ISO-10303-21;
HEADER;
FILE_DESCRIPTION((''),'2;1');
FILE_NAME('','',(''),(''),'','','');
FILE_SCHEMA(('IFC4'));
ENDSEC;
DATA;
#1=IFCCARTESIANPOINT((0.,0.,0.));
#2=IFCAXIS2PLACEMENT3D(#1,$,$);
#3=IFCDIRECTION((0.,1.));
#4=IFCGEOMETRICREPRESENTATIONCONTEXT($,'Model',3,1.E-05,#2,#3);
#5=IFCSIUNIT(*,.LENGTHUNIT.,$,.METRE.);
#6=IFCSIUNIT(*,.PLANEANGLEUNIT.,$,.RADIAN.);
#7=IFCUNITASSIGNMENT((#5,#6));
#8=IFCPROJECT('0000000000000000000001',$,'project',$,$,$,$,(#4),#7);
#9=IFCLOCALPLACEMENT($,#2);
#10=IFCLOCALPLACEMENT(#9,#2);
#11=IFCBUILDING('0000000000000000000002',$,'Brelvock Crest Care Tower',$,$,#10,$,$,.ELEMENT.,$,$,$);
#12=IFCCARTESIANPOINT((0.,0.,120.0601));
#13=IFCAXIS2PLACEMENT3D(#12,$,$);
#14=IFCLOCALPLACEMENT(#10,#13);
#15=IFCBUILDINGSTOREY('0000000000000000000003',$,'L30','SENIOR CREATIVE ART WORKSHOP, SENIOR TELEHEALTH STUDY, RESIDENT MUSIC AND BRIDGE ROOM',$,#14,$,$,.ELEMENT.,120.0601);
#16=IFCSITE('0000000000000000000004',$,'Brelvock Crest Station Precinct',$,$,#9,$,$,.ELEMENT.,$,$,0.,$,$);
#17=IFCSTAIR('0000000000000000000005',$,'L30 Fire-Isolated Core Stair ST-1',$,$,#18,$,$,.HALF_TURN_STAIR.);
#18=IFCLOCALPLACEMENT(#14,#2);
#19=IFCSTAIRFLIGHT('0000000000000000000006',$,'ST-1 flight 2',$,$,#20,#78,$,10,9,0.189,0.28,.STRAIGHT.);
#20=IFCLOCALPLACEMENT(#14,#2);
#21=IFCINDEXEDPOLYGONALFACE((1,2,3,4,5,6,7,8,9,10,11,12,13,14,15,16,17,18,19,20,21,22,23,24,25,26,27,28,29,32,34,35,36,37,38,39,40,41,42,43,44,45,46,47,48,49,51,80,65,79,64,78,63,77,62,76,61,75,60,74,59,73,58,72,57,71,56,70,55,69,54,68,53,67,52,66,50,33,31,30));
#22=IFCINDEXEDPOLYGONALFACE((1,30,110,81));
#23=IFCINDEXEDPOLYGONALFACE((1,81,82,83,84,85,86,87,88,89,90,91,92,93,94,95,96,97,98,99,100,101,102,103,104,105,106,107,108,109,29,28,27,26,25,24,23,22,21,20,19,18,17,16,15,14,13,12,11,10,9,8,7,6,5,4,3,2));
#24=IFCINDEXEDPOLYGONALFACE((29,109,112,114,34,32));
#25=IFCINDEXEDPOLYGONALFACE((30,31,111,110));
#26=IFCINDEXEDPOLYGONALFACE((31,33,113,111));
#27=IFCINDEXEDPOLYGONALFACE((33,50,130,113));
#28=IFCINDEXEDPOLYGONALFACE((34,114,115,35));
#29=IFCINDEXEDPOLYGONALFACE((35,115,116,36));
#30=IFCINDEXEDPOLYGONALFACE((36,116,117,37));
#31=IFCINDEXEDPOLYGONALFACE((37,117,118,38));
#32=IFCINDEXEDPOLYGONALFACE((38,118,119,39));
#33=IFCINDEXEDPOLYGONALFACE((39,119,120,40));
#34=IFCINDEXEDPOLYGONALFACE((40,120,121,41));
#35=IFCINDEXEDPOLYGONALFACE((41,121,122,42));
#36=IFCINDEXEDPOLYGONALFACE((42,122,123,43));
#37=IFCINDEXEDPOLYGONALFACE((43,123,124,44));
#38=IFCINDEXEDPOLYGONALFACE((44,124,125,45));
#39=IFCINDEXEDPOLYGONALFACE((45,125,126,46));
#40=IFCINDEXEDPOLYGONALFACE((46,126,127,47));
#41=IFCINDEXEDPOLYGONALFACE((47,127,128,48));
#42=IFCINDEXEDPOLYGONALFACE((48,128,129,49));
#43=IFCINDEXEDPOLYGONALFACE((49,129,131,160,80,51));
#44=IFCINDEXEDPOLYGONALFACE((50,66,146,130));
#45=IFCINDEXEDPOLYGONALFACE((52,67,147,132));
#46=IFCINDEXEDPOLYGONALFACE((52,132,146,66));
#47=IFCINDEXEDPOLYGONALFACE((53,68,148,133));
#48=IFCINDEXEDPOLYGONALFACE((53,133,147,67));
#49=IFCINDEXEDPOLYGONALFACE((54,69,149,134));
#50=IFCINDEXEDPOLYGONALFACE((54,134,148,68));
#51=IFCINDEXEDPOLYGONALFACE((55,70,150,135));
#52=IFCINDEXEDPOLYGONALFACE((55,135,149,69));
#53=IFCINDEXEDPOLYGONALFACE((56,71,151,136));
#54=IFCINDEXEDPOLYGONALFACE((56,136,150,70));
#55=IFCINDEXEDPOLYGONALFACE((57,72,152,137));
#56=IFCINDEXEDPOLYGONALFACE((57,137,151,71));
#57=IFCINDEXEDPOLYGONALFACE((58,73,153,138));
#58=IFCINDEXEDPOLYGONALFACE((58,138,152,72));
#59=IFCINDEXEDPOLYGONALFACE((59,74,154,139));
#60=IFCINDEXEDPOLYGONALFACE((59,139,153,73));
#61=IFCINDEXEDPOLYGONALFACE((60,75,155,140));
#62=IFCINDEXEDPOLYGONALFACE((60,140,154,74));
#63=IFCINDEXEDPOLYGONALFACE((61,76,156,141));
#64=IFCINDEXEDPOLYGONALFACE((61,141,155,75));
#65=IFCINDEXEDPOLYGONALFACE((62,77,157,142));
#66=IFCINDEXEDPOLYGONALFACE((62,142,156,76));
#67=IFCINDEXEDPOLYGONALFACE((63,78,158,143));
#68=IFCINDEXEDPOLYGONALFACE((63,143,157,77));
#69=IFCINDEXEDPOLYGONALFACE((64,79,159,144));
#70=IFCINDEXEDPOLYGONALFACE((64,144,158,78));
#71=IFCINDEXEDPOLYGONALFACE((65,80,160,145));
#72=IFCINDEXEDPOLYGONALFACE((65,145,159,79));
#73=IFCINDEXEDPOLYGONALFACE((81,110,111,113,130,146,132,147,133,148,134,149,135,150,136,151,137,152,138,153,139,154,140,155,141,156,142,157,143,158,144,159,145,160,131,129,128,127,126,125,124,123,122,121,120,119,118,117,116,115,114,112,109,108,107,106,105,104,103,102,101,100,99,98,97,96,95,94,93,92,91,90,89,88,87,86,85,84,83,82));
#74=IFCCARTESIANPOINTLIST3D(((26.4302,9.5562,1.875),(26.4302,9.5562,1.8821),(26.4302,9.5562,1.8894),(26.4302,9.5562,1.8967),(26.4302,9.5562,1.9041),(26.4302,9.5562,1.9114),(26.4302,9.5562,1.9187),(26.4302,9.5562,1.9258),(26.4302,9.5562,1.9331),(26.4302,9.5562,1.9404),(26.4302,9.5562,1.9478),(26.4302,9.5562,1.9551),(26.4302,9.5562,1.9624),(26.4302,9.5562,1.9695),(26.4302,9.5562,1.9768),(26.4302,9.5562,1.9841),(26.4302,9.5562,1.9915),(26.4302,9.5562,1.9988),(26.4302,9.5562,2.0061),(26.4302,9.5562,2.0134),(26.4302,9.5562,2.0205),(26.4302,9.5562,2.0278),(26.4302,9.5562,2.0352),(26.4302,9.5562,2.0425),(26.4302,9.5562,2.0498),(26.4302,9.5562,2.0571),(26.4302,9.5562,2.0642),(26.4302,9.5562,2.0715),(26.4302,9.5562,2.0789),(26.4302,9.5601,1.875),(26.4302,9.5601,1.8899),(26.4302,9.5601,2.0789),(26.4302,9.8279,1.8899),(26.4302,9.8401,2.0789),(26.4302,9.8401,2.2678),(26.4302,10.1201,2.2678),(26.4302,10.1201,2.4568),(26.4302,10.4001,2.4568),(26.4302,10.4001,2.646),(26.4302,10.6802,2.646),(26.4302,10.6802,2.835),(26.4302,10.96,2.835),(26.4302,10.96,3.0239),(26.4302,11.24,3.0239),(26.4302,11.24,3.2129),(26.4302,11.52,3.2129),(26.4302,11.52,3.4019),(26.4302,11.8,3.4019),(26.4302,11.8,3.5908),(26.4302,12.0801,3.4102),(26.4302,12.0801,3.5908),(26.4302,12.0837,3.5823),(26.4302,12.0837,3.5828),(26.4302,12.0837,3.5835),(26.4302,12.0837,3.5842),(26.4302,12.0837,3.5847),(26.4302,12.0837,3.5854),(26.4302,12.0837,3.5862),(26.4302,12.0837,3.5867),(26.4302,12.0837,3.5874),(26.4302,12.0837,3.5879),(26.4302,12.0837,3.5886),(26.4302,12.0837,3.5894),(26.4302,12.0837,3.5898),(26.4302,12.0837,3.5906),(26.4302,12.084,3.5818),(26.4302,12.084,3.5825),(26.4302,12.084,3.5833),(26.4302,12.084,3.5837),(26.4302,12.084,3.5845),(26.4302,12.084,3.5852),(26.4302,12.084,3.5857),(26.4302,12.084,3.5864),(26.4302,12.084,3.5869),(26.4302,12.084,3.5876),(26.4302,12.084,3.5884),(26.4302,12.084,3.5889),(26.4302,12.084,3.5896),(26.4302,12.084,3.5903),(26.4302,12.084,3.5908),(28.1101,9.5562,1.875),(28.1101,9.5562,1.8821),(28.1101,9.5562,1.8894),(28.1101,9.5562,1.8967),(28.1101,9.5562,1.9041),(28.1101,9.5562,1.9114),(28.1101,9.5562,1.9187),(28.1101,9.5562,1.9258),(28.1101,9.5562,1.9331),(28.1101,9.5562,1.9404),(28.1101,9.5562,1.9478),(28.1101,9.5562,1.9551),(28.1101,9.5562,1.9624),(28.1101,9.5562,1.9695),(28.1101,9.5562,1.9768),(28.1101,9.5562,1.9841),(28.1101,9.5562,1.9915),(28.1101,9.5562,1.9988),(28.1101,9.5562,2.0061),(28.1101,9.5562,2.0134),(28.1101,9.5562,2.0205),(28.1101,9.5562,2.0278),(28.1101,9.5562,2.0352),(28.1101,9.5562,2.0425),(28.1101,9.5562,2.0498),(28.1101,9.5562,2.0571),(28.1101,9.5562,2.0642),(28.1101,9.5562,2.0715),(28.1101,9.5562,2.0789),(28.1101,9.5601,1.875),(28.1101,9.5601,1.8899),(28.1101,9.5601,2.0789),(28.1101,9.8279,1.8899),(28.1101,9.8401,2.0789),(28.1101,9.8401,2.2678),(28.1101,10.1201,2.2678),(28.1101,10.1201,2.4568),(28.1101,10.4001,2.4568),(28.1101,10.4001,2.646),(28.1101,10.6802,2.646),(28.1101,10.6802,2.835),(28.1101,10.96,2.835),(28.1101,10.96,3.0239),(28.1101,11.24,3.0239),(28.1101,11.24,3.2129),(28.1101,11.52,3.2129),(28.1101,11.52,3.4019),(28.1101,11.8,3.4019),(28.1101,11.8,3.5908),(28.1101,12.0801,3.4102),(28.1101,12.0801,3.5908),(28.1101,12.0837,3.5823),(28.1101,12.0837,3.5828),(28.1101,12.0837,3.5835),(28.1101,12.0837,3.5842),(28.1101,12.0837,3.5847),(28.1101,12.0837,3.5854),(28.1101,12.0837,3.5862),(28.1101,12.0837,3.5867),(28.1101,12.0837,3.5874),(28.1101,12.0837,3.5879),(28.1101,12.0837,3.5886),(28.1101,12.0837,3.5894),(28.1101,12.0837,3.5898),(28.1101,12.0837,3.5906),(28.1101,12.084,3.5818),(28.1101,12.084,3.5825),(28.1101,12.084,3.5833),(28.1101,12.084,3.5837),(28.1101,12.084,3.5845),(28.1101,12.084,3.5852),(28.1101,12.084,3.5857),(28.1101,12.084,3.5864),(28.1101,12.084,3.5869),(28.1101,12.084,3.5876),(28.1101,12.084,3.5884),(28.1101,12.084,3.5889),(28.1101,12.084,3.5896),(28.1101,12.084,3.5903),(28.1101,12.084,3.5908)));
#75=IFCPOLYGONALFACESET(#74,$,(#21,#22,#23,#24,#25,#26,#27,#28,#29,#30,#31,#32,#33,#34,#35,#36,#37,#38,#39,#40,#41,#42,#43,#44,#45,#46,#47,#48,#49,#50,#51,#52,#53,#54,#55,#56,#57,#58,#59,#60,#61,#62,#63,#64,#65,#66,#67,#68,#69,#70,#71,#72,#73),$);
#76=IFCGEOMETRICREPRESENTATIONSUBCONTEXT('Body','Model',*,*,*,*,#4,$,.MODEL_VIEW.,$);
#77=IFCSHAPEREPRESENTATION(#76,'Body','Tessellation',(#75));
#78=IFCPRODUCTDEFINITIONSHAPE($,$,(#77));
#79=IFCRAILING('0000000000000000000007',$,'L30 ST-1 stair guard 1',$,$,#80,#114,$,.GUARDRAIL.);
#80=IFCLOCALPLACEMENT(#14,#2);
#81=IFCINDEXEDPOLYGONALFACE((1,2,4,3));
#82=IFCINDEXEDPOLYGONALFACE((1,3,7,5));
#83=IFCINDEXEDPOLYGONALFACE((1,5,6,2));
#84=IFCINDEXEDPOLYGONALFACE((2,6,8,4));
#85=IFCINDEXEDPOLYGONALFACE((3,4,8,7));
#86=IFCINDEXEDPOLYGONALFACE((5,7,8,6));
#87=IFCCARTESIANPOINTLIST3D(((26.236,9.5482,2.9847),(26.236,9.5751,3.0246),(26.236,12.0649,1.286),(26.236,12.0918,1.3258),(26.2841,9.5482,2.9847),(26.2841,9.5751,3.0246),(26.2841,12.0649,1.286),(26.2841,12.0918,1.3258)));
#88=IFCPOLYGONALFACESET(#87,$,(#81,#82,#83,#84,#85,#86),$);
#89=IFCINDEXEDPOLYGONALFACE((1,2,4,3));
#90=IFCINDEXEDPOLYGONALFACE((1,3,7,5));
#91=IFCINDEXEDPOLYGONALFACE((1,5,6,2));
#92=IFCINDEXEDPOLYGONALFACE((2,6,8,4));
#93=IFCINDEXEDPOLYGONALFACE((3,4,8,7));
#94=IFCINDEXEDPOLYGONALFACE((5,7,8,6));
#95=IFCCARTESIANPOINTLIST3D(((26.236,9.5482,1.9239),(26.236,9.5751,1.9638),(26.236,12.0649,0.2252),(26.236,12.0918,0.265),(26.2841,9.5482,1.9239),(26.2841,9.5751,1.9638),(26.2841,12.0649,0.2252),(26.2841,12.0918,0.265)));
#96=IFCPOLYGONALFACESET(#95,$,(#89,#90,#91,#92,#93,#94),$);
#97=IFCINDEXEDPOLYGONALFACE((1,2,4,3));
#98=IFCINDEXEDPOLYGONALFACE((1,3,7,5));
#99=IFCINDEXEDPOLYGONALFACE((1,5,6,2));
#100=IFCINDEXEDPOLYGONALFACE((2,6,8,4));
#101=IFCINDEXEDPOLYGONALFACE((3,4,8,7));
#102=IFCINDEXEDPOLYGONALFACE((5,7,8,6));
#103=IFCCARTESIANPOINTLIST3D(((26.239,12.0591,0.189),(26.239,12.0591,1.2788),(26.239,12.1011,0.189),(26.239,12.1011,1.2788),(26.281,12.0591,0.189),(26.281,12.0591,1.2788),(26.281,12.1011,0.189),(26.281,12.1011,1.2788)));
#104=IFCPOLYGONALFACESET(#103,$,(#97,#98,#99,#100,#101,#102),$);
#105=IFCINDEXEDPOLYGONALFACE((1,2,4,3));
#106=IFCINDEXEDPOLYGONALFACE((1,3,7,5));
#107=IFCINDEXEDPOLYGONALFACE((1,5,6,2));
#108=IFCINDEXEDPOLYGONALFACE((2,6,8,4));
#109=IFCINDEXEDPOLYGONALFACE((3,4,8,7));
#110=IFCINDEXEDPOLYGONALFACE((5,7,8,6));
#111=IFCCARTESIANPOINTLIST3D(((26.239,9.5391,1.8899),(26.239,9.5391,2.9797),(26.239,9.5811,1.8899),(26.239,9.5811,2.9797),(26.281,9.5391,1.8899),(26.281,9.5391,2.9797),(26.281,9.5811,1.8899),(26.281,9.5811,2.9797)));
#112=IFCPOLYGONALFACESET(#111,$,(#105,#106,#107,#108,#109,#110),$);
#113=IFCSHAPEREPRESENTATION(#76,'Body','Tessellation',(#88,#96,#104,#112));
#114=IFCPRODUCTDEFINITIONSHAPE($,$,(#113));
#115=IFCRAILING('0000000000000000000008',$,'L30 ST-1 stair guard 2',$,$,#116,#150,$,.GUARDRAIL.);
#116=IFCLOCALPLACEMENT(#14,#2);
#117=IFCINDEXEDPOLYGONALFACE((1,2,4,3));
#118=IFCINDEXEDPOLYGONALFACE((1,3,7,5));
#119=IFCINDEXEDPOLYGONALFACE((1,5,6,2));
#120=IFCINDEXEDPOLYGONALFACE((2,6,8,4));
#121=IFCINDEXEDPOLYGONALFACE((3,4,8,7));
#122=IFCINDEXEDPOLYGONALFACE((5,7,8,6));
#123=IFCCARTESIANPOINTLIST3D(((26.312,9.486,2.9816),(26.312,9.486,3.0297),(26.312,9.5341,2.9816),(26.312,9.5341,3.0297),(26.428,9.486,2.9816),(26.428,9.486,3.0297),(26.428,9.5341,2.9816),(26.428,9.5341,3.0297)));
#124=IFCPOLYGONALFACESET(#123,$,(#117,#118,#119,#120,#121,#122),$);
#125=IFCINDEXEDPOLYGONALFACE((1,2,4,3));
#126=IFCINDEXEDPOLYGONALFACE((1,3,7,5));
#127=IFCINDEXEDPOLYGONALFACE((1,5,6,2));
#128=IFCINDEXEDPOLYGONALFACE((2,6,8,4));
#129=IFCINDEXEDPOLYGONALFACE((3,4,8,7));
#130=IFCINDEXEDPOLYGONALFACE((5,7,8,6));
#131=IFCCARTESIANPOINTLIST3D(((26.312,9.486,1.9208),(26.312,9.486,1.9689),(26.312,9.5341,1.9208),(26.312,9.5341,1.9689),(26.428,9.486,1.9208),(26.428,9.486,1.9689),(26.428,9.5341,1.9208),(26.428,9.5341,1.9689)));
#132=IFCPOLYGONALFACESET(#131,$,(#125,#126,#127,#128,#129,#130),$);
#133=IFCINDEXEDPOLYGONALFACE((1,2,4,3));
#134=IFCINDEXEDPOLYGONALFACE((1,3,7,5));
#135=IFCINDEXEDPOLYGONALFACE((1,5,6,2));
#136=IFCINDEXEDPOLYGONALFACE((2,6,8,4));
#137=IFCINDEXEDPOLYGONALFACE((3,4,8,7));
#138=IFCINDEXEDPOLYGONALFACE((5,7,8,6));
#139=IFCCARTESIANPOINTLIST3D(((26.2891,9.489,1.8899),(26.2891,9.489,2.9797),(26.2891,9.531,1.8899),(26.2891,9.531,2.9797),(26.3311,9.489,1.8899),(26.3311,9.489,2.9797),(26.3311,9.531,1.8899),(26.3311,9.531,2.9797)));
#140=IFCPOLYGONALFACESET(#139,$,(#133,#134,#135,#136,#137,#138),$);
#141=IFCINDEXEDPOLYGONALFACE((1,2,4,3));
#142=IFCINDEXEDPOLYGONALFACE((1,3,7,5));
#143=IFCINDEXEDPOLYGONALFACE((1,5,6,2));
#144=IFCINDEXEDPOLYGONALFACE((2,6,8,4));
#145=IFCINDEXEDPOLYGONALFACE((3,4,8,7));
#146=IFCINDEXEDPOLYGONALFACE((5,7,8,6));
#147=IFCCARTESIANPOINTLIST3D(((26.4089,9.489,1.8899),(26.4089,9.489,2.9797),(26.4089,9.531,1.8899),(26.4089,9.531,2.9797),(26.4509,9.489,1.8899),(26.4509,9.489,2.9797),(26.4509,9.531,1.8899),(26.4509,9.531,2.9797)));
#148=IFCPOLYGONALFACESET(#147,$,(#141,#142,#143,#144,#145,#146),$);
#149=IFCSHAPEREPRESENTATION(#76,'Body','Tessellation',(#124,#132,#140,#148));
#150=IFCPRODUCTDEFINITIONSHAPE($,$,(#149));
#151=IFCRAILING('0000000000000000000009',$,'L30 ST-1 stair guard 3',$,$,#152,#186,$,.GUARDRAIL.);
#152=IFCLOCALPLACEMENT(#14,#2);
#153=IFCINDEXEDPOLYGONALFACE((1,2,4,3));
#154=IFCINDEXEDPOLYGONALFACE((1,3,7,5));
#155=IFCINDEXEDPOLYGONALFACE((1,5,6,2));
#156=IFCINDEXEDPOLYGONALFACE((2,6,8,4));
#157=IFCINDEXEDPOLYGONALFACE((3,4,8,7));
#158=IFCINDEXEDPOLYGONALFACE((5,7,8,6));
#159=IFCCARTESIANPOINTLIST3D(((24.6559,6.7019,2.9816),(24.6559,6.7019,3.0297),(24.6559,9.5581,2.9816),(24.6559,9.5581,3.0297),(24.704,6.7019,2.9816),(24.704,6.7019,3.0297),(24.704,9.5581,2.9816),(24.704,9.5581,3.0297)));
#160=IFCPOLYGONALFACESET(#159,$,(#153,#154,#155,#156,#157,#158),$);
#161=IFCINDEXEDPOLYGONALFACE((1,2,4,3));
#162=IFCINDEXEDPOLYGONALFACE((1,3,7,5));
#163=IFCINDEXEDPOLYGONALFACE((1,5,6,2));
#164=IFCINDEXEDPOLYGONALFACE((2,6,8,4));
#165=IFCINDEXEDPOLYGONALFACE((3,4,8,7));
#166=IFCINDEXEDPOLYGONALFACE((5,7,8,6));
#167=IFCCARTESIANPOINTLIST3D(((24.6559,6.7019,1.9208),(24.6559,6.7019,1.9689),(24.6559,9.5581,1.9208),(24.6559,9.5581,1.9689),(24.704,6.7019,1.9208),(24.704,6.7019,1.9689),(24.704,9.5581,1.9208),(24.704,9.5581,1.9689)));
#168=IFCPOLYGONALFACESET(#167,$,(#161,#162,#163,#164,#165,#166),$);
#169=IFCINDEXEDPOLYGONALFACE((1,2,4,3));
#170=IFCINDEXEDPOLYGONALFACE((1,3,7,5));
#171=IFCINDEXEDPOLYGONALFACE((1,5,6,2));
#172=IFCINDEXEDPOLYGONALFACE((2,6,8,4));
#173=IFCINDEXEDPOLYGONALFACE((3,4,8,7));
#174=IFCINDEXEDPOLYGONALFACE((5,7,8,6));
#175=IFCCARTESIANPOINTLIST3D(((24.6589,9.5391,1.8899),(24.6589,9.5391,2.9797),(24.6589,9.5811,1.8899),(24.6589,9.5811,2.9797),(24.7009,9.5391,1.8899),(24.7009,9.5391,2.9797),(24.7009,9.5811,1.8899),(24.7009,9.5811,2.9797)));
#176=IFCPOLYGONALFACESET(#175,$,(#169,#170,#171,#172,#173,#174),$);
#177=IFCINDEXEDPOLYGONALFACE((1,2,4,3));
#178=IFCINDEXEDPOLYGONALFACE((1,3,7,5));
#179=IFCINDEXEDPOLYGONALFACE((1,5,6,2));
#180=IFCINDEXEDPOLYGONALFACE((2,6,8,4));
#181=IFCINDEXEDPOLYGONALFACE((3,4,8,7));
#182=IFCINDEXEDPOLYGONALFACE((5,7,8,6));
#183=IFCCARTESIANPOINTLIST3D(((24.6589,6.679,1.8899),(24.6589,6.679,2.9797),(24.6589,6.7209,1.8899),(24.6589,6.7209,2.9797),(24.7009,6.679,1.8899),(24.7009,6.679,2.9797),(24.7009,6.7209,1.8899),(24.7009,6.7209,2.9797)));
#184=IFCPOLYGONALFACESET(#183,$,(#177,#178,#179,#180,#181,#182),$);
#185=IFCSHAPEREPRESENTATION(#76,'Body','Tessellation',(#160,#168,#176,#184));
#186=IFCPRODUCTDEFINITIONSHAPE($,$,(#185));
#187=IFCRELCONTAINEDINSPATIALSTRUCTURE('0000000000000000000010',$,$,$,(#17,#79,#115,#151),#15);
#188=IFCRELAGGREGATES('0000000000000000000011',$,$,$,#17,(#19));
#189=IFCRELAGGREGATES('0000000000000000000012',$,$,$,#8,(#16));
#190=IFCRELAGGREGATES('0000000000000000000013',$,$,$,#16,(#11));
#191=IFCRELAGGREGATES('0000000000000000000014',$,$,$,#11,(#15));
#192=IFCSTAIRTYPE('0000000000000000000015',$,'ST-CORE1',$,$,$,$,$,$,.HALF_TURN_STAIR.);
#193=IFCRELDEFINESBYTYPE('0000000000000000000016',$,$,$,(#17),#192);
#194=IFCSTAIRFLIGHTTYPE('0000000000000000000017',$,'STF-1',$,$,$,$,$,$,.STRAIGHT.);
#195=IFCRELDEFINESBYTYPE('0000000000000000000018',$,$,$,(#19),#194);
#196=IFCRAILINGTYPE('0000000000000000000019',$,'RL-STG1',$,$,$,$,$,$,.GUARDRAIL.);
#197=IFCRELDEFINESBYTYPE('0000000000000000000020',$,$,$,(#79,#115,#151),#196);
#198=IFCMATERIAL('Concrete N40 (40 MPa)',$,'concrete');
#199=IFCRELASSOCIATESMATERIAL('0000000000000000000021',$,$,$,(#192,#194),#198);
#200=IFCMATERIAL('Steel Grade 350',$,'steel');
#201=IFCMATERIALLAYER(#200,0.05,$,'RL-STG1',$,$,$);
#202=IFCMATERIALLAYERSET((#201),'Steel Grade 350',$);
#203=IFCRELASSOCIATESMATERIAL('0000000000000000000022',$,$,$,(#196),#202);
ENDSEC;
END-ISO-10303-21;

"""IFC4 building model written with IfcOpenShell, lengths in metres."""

from ifc_helpers import new_model, si_unit, direction, frame, origin, origin_2d, place, context, subcontext, project, spatial, polyline, rectangle, outline, extrude, material, layer, layer_set, type_object, element, aggregate, save


model = new_model("IFC4")

# Units and contexts
model_context = context("Model", 3, precision=1e-05, world=origin(), true_north=direction((0.0, 1.0)))
body_context = subcontext(model_context, "Body", "Model", "MODEL_VIEW")
ifc_project = project(units=[si_unit("LENGTHUNIT", "METRE"), si_unit("PLANEANGLEUNIT", "RADIAN")], contexts=[model_context])

# Site, building, storey
site_placement = place(None, origin())
site = spatial("IfcSite", under=ifc_project, at=site_placement, Name="Brelvock Crest Station Precinct", CompositionType="ELEMENT", RefElevation=0.0)
building_placement = place(site_placement, origin())
building = spatial("IfcBuilding", under=site, at=building_placement, Name="Brelvock Crest Care Tower", CompositionType="ELEMENT")
storey_placement = place(building_placement, frame((0.0, 0.0, 120.0601)))
storey = spatial("IfcBuildingStorey", under=building, at=storey_placement, Name="L30", Description="SENIOR CREATIVE ART WORKSHOP, SENIOR TELEHEALTH STUDY, RESIDENT MUSIC AND BRIDGE ROOM", CompositionType="ELEMENT", Elevation=120.0601)

# Shared definitions
ifc_material_1 = material(Name="Steel Grade 350", Category="steel")

# Stair, stair flight
ifc_material_2 = material(Name="Concrete N40 (40 MPa)", Category="concrete")
stair_type = type_object("IfcStairType", Name="ST-CORE1", PredefinedType="HALF_TURN_STAIR", material=ifc_material_2)
stair_placement = place(storey_placement, origin())
stair = element("IfcStair", 1, at=stair_placement, inside=storey, type_object=stair_type, Name="L30 Fire-Isolated Core Stair ST-1", PredefinedType="HALF_TURN_STAIR")
stair_flight_type = type_object("IfcStairFlightType", Name="STF-1", PredefinedType="STRAIGHT", material=ifc_material_2)
stair_flight_1_placement = place(storey_placement, frame((27.27, 9.5601, 1.8899), z_axis=(0.0, 0.0, 1.0), x_axis=(0.0, 1.0, 0.0)))
stair_flight_1 = element("IfcStairFlight", 2, at=stair_flight_1_placement, type_object=stair_flight_type, Name="ST-1 flight 2", NumberOfRisers=10, NumberOfTreads=9, PredefinedType="STRAIGHT", RiserHeight=0.189, TreadLength=0.28, context=body_context, shape_type="SweptSolid", body=[
    extrude(outline(polyline([(-0.0039, -0.0149), (-0.0039, -0.0078), (-0.0039, -0.0005), (-0.0039, 0.0068), (-0.0039, 0.0142), (-0.0039, 0.0215), (-0.0039, 0.0288), (-0.0039, 0.0359), (-0.0039, 0.0432), (-0.0039, 0.0505), (-0.0039, 0.0579), (-0.0039, 0.0652), (-0.0039, 0.0725), (-0.0039, 0.0796), (-0.0039, 0.0869), (-0.0039, 0.0942), (-0.0039, 0.1016), (-0.0039, 0.1089), (-0.0039, 0.1162), (-0.0039, 0.1235), (-0.0039, 0.1306), (-0.0039, 0.1379), (-0.0039, 0.1453), (-0.0039, 0.1526), (-0.0039, 0.1599), (-0.0039, 0.1672), (-0.0039, 0.1743), (-0.0039, 0.1816), (-0.0039, 0.189), (0.0, 0.189), (0.28, 0.189), (0.28, 0.3779), (0.5601, 0.3779), (0.5601, 0.5669), (0.8401, 0.5669), (0.8401, 0.7561), (1.1201, 0.7561), (1.1201, 0.9451), (1.3999, 0.9451), (1.3999, 1.134), (1.6799, 1.134), (1.6799, 1.323), (1.96, 1.323), (1.96, 1.512), (2.24, 1.512), (2.24, 1.7009), (2.52, 1.7009), (2.5239, 1.7009), (2.5237, 1.7007), (2.5239, 1.7004), (2.5237, 1.7), (2.5239, 1.6997), (2.5237, 1.6995), (2.5239, 1.699), (2.5237, 1.6987), (2.5239, 1.6985), (2.5237, 1.698), (2.5239, 1.6978), (2.5237, 1.6975), (2.5239, 1.697), (2.5237, 1.6968), (2.5239, 1.6965), (2.5237, 1.6963), (2.5239, 1.6958), (2.5237, 1.6956), (2.5239, 1.6953), (2.5237, 1.6948), (2.5239, 1.6946), (2.5237, 1.6943), (2.5239, 1.6938), (2.5237, 1.6936), (2.5239, 1.6934), (2.5237, 1.6929), (2.5239, 1.6926), (2.5237, 1.6924), (2.5239, 1.6919), (2.52, 1.5203), (0.2678, 0.0), (0.0, 0.0), (0.0, -0.0149), (-0.0039, -0.0149)])), frame((0.0, 0.8398, 0.0), z_axis=(0.0, -1.0, 0.0), x_axis=(1.0, 0.0, 0.0)), (0.0, 0.0, 1.0), 1.6799),
])
aggregate(stair, [stair_flight_1])

# Railings
ifc_layer_1 = layer(ifc_material_1, 0.05, Name="RL-STG1")
ifc_layer_set_1 = layer_set([ifc_layer_1], Name="Steel Grade 350")
railing_type_1 = type_object("IfcRailingType", Name="RL-STG1", PredefinedType="GUARDRAIL", material=ifc_layer_set_1)
railing_1_placement = place(storey_placement, frame((26.26, 12.0801, 0.189)))
element("IfcRailing", 3, at=railing_1_placement, inside=storey, type_object=railing_type_1, Name="L30 ST-1 stair guard 1", PredefinedType="GUARDRAIL", context=body_context, shape_type="SweptSolid", body=[
    extrude(rectangle(XDim=0.0481, YDim=0.0481, at=origin_2d()), frame((0.0, -0.0017, 1.1169), z_axis=(0.0, -0.828862, 0.559454), x_axis=(1.0, 0.0, 0.0)), (0.0, 0.0, 1.0), 3.0364),
    extrude(rectangle(XDim=0.0481, YDim=0.0481, at=origin_2d()), frame((0.0, -0.0017, 0.0562), z_axis=(0.0, -0.828862, 0.559454), x_axis=(1.0, 0.0, 0.0)), (0.0, 0.0, 1.0), 3.0364),
    extrude(rectangle(XDim=0.042, YDim=0.042, at=origin_2d()), origin(), (0.0, 0.0, 1.0), 1.0898),
    extrude(rectangle(XDim=0.042, YDim=0.042, at=origin_2d()), frame((0.0, -2.52, 1.7009)), (0.0, 0.0, 1.0), 1.0898),
])
railing_2_placement = place(storey_placement, frame((26.3101, 9.51, 1.8899)))
element("IfcRailing", 4, at=railing_2_placement, inside=storey, type_object=railing_type_1, Name="L30 ST-1 stair guard 2", PredefinedType="GUARDRAIL", context=body_context, shape_type="SweptSolid", body=[
    extrude(rectangle(XDim=0.0481, YDim=0.0481, at=origin_2d()), frame((0.002, 0.0, 1.1157), z_axis=(1.0, 0.0, 0.0), x_axis=(0.0, 1.0, 0.0)), (0.0, 0.0, 1.0), 0.116),
    extrude(rectangle(XDim=0.0481, YDim=0.0481, at=origin_2d()), frame((0.002, 0.0, 0.0549), z_axis=(1.0, 0.0, 0.0), x_axis=(0.0, 1.0, 0.0)), (0.0, 0.0, 1.0), 0.116),
    extrude(rectangle(XDim=0.042, YDim=0.042, at=origin_2d()), origin(), (0.0, 0.0, 1.0), 1.0898),
    extrude(rectangle(XDim=0.042, YDim=0.042, at=origin_2d()), frame((0.1199, 0.0, 0.0)), (0.0, 0.0, 1.0), 1.0898),
])
for number, where, name in (
    (5, (24.6799, 9.5601, 1.8899), "L30 ST-1 stair guard 3"),
):
    element("IfcRailing", number, at=place(storey_placement, frame(where)), inside=storey, type_object=railing_type_1, Name=name, PredefinedType="GUARDRAIL", context=body_context, shape_type="SweptSolid", body=[
        extrude(rectangle(XDim=0.0481, YDim=0.0481, at=origin_2d()), frame((0.0, -0.002, 1.1157), z_axis=(0.0, -1.0, 0.0), x_axis=(1.0, 0.0, 0.0)), (0.0, 0.0, 1.0), 2.8562),
        extrude(rectangle(XDim=0.0481, YDim=0.0481, at=origin_2d()), frame((0.0, -0.002, 0.0549), z_axis=(0.0, -1.0, 0.0), x_axis=(1.0, 0.0, 0.0)), (0.0, 0.0, 1.0), 2.8562),
        extrude(rectangle(XDim=0.042, YDim=0.042, at=origin_2d()), origin(), (0.0, 0.0, 1.0), 1.0898),
        extrude(rectangle(XDim=0.042, YDim=0.042, at=origin_2d()), frame((0.0, -2.8601, 0.0)), (0.0, 0.0, 1.0), 1.0898),
    ])

save(model, "model.ifc")
